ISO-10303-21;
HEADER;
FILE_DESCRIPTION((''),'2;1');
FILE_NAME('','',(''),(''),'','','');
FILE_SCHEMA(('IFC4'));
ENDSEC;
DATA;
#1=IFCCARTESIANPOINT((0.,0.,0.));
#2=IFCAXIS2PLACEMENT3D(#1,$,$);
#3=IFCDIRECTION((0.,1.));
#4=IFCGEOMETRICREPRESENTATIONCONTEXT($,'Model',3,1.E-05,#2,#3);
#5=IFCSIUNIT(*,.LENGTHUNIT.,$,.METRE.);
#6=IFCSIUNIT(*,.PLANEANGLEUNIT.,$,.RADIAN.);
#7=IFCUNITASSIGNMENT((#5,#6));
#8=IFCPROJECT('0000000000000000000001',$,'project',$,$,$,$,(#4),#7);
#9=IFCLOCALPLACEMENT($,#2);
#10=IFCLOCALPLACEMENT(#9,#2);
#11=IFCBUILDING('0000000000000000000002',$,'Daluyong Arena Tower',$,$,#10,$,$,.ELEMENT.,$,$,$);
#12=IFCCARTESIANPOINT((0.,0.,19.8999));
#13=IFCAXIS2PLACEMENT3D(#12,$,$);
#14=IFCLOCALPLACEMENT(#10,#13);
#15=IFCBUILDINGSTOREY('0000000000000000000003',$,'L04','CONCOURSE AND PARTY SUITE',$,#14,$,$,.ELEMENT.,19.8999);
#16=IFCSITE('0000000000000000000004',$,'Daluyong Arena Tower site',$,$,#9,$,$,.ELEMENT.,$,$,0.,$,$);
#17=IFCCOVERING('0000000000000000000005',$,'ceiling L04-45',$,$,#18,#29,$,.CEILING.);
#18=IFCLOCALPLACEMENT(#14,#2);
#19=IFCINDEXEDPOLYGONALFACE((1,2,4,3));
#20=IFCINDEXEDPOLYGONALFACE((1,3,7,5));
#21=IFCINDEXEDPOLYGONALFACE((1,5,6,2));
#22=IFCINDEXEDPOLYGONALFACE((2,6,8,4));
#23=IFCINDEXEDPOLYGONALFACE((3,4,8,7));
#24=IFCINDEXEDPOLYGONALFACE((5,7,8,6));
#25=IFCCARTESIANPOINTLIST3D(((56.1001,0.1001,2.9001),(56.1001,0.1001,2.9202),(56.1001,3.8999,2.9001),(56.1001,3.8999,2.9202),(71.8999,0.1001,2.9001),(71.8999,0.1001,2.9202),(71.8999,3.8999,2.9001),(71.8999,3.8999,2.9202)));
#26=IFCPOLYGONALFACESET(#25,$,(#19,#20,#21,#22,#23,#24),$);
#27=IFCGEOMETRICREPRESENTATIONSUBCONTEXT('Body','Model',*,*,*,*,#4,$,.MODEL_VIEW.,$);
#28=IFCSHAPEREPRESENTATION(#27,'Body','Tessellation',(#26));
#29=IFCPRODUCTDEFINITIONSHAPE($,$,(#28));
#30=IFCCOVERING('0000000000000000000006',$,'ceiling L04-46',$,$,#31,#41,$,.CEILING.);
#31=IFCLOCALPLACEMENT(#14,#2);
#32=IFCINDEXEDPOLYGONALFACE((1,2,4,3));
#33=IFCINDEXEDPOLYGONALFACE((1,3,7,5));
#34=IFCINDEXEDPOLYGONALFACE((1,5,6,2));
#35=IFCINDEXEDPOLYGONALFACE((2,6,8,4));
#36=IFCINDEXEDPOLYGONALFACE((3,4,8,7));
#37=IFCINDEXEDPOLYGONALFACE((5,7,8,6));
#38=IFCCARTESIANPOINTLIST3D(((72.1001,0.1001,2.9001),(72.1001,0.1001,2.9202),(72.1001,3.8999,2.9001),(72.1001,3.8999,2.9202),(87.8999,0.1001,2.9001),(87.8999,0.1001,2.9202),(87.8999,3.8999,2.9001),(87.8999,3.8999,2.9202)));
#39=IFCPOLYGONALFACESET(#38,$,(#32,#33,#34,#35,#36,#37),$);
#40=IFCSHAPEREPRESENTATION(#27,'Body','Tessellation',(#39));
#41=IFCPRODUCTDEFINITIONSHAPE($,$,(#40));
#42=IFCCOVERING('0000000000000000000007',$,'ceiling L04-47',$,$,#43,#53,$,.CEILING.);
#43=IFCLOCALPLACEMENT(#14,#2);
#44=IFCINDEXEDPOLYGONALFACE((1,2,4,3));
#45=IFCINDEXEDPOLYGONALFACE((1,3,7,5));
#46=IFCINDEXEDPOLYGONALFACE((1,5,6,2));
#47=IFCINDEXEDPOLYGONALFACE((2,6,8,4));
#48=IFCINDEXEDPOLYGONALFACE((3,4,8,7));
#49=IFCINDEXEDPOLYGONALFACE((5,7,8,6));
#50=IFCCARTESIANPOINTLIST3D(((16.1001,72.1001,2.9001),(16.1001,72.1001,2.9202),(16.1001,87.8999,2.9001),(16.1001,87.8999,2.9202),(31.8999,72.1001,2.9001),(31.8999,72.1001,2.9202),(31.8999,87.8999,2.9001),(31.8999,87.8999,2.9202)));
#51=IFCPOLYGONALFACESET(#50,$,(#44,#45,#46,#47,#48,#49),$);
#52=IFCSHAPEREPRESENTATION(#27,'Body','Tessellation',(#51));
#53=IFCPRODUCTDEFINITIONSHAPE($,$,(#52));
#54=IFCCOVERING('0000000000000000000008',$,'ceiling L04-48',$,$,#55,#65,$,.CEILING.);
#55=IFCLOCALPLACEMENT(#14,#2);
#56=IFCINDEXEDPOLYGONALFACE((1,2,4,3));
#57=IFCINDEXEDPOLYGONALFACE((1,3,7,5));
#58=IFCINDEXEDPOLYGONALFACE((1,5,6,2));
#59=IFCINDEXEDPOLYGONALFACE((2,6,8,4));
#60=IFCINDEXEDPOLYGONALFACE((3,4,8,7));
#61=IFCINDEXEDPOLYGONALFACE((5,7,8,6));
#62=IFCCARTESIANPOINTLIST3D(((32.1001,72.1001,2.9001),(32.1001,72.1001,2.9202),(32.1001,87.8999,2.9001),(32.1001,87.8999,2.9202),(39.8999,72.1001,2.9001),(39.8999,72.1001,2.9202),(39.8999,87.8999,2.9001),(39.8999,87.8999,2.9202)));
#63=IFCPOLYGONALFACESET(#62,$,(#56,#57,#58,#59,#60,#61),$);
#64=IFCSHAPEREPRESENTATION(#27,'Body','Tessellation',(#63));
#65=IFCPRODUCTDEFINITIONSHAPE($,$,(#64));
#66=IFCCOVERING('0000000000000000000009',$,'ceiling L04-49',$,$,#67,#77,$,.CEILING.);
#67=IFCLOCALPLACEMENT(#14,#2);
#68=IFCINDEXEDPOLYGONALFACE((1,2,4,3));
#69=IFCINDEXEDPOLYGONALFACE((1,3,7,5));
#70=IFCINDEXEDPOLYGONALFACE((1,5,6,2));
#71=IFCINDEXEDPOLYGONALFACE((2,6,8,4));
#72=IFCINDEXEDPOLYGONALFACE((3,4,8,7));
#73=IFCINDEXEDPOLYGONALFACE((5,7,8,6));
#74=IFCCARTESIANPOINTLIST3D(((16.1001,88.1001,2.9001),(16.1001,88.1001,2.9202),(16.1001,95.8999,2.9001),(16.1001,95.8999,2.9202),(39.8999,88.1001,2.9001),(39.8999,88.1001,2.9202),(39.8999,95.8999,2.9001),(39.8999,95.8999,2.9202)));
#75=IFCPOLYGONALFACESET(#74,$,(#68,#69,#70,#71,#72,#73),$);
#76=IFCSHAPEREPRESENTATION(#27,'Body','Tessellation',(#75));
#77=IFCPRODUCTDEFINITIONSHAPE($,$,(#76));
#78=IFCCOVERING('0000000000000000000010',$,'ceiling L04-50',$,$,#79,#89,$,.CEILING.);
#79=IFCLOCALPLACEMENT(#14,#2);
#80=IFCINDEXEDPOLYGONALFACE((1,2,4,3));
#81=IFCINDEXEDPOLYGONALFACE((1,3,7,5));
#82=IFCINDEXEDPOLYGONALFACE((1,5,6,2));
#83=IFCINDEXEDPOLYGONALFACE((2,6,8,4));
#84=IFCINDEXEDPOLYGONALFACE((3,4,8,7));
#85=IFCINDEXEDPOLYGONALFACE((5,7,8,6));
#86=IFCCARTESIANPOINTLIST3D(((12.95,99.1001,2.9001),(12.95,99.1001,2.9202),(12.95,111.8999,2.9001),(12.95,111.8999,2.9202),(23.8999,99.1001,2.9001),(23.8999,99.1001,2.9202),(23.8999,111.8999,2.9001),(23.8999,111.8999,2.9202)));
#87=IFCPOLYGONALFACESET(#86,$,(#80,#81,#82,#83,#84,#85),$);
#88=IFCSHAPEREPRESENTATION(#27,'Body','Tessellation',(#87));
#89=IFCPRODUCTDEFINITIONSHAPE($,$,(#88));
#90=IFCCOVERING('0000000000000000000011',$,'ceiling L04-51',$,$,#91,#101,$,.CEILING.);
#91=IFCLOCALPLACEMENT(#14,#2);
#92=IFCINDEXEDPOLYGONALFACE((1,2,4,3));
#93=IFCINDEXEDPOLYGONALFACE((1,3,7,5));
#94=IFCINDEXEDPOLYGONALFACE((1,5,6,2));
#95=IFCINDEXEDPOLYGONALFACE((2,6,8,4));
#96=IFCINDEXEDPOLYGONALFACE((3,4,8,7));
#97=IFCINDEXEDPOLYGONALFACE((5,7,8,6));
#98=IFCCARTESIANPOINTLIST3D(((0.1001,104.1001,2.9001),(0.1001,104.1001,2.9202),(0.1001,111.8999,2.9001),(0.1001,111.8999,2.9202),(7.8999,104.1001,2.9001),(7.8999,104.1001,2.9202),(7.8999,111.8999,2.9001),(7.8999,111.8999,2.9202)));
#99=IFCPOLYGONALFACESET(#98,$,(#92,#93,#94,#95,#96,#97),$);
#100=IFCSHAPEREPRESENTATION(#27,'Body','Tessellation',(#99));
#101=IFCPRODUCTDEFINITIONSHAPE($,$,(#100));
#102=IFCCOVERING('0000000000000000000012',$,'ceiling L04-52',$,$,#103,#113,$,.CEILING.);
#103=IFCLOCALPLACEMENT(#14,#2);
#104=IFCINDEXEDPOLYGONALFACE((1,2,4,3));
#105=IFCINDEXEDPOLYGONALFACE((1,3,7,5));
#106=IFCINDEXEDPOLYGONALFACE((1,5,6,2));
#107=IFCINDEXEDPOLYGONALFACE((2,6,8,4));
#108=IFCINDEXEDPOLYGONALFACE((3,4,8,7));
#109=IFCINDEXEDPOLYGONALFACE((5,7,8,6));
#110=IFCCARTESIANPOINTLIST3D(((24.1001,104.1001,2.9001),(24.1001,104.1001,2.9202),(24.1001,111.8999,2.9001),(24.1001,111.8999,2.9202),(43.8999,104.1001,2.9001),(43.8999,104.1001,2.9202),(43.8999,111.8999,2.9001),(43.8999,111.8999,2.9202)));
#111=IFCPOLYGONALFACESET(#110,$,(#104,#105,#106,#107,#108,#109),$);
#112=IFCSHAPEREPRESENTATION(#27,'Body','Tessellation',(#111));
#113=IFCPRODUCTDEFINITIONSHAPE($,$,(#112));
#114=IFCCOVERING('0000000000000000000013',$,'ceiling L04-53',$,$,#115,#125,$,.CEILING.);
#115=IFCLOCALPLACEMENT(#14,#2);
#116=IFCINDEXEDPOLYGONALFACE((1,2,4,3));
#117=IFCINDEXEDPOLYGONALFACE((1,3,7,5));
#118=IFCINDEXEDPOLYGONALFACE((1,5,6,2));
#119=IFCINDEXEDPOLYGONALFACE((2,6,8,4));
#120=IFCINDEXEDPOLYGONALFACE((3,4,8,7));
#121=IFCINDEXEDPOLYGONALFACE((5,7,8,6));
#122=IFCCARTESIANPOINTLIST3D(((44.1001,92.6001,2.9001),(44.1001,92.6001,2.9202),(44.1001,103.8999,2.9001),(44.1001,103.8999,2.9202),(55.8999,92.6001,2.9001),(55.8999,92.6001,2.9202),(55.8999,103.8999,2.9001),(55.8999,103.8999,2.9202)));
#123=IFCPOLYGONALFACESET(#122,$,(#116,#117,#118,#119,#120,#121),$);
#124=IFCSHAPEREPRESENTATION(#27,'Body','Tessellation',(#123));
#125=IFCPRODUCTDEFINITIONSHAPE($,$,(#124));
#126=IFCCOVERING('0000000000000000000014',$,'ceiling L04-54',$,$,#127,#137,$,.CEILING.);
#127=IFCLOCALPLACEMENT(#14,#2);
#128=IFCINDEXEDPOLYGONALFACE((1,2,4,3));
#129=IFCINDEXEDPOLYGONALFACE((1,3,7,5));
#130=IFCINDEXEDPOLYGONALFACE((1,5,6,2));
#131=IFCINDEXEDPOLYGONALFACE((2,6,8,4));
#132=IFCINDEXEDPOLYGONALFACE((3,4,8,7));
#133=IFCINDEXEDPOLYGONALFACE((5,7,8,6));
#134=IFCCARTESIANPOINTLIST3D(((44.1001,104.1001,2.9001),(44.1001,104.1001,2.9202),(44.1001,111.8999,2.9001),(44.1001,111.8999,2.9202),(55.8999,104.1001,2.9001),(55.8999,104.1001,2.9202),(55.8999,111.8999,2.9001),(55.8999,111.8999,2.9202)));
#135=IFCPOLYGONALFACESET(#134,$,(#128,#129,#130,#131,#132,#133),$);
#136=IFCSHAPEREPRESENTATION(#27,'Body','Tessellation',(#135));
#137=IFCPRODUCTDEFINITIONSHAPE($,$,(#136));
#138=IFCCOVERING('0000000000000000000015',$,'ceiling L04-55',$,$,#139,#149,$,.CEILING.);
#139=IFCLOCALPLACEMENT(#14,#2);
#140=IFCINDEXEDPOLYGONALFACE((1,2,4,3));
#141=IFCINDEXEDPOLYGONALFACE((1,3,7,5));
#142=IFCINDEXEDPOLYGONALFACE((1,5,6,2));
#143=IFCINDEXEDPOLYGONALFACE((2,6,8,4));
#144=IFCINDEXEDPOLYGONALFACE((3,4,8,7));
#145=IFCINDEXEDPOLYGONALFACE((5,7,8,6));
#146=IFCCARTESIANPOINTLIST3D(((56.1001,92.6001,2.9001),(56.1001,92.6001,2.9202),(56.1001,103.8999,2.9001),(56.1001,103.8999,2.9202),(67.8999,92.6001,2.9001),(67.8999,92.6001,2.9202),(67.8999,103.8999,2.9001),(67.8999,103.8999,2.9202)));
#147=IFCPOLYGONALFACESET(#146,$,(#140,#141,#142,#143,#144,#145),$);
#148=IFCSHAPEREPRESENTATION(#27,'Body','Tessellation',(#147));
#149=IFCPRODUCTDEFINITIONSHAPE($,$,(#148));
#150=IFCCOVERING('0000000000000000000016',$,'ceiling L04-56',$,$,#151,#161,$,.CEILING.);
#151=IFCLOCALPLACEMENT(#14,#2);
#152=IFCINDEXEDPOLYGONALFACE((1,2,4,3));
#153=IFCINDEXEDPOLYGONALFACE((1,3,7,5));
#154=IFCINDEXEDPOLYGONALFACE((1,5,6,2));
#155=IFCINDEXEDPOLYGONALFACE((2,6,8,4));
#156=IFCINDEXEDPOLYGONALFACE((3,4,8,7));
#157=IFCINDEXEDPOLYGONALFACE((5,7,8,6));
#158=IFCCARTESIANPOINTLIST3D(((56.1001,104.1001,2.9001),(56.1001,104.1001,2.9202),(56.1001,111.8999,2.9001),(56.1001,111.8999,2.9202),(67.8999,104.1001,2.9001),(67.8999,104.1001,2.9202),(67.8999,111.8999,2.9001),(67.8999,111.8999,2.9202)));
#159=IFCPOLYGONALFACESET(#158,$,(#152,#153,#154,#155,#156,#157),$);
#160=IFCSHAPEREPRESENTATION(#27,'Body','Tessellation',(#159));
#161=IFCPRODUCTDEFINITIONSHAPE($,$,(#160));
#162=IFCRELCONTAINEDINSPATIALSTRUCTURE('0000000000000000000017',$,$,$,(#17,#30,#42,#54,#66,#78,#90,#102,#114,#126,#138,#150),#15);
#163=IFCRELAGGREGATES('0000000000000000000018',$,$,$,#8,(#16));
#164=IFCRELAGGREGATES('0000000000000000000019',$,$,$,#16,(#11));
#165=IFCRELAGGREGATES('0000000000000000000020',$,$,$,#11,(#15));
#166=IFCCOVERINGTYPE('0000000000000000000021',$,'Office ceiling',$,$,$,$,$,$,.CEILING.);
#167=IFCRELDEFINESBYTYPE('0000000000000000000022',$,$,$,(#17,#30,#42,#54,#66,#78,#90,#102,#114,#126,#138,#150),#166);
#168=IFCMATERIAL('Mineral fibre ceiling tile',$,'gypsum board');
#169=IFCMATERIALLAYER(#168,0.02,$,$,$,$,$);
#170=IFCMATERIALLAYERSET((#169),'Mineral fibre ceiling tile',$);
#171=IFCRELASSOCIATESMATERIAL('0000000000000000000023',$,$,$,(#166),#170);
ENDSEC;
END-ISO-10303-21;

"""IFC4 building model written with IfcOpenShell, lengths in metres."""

from ifc_helpers import new_model, si_unit, direction, frame, origin, place, context, subcontext, project, spatial, polyline, outline, extrude, material, layer, layer_set, type_object, element, save


model = new_model("IFC4")

# Units and contexts
model_context = context("Model", 3, precision=1e-05, world=origin(), true_north=direction((0.0, 1.0)))
body_context = subcontext(model_context, "Body", "Model", "MODEL_VIEW")
ifc_project = project(units=[si_unit("LENGTHUNIT", "METRE"), si_unit("PLANEANGLEUNIT", "RADIAN")], contexts=[model_context])

# Site, building, storey
site_placement = place(None, origin())
site = spatial("IfcSite", under=ifc_project, at=site_placement, Name="Daluyong Arena Tower site", CompositionType="ELEMENT", RefElevation=0.0)
building_placement = place(site_placement, origin())
building = spatial("IfcBuilding", under=site, at=building_placement, Name="Daluyong Arena Tower", CompositionType="ELEMENT")
storey_placement = place(building_placement, frame((0.0, 0.0, 19.8999)))
storey = spatial("IfcBuildingStorey", under=building, at=storey_placement, Name="L04", Description="CONCOURSE AND PARTY SUITE", CompositionType="ELEMENT", Elevation=19.8999)

# Coverings
ifc_material_1 = material(Name="Mineral fibre ceiling tile", Category="gypsum board")
ifc_layer_1 = layer(ifc_material_1, 0.02)
ifc_layer_set_1 = layer_set([ifc_layer_1], Name="Mineral fibre ceiling tile")
covering_type = type_object("IfcCoveringType", Name="Office ceiling", PredefinedType="CEILING", material=ifc_layer_set_1)
covering_1_placement = place(storey_placement, frame((0.0, 0.0, 2.9001)))
element("IfcCovering", 1, at=covering_1_placement, inside=storey, type_object=covering_type, Name="ceiling L04-45", PredefinedType="CEILING", context=body_context, shape_type="SweptSolid", body=[
    extrude(outline(polyline([(71.8999, 0.1001), (71.8999, 3.8999), (56.1001, 3.8999), (56.1001, 0.1001), (71.8999, 0.1001)])), origin(), (0.0, 0.0, 1.0), 0.02),
])
covering_2_placement = place(storey_placement, frame((0.0, 0.0, 2.9001)))
element("IfcCovering", 2, at=covering_2_placement, inside=storey, type_object=covering_type, Name="ceiling L04-46", PredefinedType="CEILING", context=body_context, shape_type="SweptSolid", body=[
    extrude(outline(polyline([(87.8999, 0.1001), (87.8999, 3.8999), (72.1001, 3.8999), (72.1001, 0.1001), (87.8999, 0.1001)])), origin(), (0.0, 0.0, 1.0), 0.02),
])
covering_3_placement = place(storey_placement, frame((0.0, 0.0, 2.9001)))
element("IfcCovering", 3, at=covering_3_placement, inside=storey, type_object=covering_type, Name="ceiling L04-47", PredefinedType="CEILING", context=body_context, shape_type="SweptSolid", body=[
    extrude(outline(polyline([(31.8999, 72.1001), (31.8999, 87.8999), (16.1001, 87.8999), (16.1001, 72.1001), (31.8999, 72.1001)])), origin(), (0.0, 0.0, 1.0), 0.02),
])
covering_4_placement = place(storey_placement, frame((0.0, 0.0, 2.9001)))
element("IfcCovering", 4, at=covering_4_placement, inside=storey, type_object=covering_type, Name="ceiling L04-48", PredefinedType="CEILING", context=body_context, shape_type="SweptSolid", body=[
    extrude(outline(polyline([(39.8999, 72.1001), (39.8999, 87.8999), (32.1001, 87.8999), (32.1001, 72.1001), (39.8999, 72.1001)])), origin(), (0.0, 0.0, 1.0), 0.02),
])
covering_5_placement = place(storey_placement, frame((0.0, 0.0, 2.9001)))
element("IfcCovering", 5, at=covering_5_placement, inside=storey, type_object=covering_type, Name="ceiling L04-49", PredefinedType="CEILING", context=body_context, shape_type="SweptSolid", body=[
    extrude(outline(polyline([(39.8999, 88.1001), (39.8999, 95.8999), (16.1001, 95.8999), (16.1001, 88.1001), (39.8999, 88.1001)])), origin(), (0.0, 0.0, 1.0), 0.02),
])
covering_6_placement = place(storey_placement, frame((0.0, 0.0, 2.9001)))
element("IfcCovering", 6, at=covering_6_placement, inside=storey, type_object=covering_type, Name="ceiling L04-50", PredefinedType="CEILING", context=body_context, shape_type="SweptSolid", body=[
    extrude(outline(polyline([(23.8999, 99.1001), (23.8999, 111.8999), (12.95, 111.8999), (12.95, 99.1001), (23.8999, 99.1001)])), origin(), (0.0, 0.0, 1.0), 0.02),
])
covering_7_placement = place(storey_placement, frame((0.0, 0.0, 2.9001)))
element("IfcCovering", 7, at=covering_7_placement, inside=storey, type_object=covering_type, Name="ceiling L04-51", PredefinedType="CEILING", context=body_context, shape_type="SweptSolid", body=[
    extrude(outline(polyline([(7.8999, 104.1001), (7.8999, 111.8999), (0.1001, 111.8999), (0.1001, 104.1001), (7.8999, 104.1001)])), origin(), (0.0, 0.0, 1.0), 0.02),
])
covering_8_placement = place(storey_placement, frame((0.0, 0.0, 2.9001)))
element("IfcCovering", 8, at=covering_8_placement, inside=storey, type_object=covering_type, Name="ceiling L04-52", PredefinedType="CEILING", context=body_context, shape_type="SweptSolid", body=[
    extrude(outline(polyline([(43.8999, 104.1001), (43.8999, 111.8999), (24.1001, 111.8999), (24.1001, 104.1001), (43.8999, 104.1001)])), origin(), (0.0, 0.0, 1.0), 0.02),
])
covering_9_placement = place(storey_placement, frame((0.0, 0.0, 2.9001)))
element("IfcCovering", 9, at=covering_9_placement, inside=storey, type_object=covering_type, Name="ceiling L04-53", PredefinedType="CEILING", context=body_context, shape_type="SweptSolid", body=[
    extrude(outline(polyline([(55.8999, 92.6001), (55.8999, 103.8999), (44.1001, 103.8999), (44.1001, 92.6001), (55.8999, 92.6001)])), origin(), (0.0, 0.0, 1.0), 0.02),
])
covering_10_placement = place(storey_placement, frame((0.0, 0.0, 2.9001)))
element("IfcCovering", 10, at=covering_10_placement, inside=storey, type_object=covering_type, Name="ceiling L04-54", PredefinedType="CEILING", context=body_context, shape_type="SweptSolid", body=[
    extrude(outline(polyline([(55.8999, 104.1001), (55.8999, 111.8999), (44.1001, 111.8999), (44.1001, 104.1001), (55.8999, 104.1001)])), origin(), (0.0, 0.0, 1.0), 0.02),
])
covering_11_placement = place(storey_placement, frame((0.0, 0.0, 2.9001)))
element("IfcCovering", 11, at=covering_11_placement, inside=storey, type_object=covering_type, Name="ceiling L04-55", PredefinedType="CEILING", context=body_context, shape_type="SweptSolid", body=[
    extrude(outline(polyline([(67.8999, 92.6001), (67.8999, 103.8999), (56.1001, 103.8999), (56.1001, 92.6001), (67.8999, 92.6001)])), origin(), (0.0, 0.0, 1.0), 0.02),
])
covering_12_placement = place(storey_placement, frame((0.0, 0.0, 2.9001)))
element("IfcCovering", 12, at=covering_12_placement, inside=storey, type_object=covering_type, Name="ceiling L04-56", PredefinedType="CEILING", context=body_context, shape_type="SweptSolid", body=[
    extrude(outline(polyline([(67.8999, 104.1001), (67.8999, 111.8999), (56.1001, 111.8999), (56.1001, 104.1001), (67.8999, 104.1001)])), origin(), (0.0, 0.0, 1.0), 0.02),
])

save(model, "model.ifc")
